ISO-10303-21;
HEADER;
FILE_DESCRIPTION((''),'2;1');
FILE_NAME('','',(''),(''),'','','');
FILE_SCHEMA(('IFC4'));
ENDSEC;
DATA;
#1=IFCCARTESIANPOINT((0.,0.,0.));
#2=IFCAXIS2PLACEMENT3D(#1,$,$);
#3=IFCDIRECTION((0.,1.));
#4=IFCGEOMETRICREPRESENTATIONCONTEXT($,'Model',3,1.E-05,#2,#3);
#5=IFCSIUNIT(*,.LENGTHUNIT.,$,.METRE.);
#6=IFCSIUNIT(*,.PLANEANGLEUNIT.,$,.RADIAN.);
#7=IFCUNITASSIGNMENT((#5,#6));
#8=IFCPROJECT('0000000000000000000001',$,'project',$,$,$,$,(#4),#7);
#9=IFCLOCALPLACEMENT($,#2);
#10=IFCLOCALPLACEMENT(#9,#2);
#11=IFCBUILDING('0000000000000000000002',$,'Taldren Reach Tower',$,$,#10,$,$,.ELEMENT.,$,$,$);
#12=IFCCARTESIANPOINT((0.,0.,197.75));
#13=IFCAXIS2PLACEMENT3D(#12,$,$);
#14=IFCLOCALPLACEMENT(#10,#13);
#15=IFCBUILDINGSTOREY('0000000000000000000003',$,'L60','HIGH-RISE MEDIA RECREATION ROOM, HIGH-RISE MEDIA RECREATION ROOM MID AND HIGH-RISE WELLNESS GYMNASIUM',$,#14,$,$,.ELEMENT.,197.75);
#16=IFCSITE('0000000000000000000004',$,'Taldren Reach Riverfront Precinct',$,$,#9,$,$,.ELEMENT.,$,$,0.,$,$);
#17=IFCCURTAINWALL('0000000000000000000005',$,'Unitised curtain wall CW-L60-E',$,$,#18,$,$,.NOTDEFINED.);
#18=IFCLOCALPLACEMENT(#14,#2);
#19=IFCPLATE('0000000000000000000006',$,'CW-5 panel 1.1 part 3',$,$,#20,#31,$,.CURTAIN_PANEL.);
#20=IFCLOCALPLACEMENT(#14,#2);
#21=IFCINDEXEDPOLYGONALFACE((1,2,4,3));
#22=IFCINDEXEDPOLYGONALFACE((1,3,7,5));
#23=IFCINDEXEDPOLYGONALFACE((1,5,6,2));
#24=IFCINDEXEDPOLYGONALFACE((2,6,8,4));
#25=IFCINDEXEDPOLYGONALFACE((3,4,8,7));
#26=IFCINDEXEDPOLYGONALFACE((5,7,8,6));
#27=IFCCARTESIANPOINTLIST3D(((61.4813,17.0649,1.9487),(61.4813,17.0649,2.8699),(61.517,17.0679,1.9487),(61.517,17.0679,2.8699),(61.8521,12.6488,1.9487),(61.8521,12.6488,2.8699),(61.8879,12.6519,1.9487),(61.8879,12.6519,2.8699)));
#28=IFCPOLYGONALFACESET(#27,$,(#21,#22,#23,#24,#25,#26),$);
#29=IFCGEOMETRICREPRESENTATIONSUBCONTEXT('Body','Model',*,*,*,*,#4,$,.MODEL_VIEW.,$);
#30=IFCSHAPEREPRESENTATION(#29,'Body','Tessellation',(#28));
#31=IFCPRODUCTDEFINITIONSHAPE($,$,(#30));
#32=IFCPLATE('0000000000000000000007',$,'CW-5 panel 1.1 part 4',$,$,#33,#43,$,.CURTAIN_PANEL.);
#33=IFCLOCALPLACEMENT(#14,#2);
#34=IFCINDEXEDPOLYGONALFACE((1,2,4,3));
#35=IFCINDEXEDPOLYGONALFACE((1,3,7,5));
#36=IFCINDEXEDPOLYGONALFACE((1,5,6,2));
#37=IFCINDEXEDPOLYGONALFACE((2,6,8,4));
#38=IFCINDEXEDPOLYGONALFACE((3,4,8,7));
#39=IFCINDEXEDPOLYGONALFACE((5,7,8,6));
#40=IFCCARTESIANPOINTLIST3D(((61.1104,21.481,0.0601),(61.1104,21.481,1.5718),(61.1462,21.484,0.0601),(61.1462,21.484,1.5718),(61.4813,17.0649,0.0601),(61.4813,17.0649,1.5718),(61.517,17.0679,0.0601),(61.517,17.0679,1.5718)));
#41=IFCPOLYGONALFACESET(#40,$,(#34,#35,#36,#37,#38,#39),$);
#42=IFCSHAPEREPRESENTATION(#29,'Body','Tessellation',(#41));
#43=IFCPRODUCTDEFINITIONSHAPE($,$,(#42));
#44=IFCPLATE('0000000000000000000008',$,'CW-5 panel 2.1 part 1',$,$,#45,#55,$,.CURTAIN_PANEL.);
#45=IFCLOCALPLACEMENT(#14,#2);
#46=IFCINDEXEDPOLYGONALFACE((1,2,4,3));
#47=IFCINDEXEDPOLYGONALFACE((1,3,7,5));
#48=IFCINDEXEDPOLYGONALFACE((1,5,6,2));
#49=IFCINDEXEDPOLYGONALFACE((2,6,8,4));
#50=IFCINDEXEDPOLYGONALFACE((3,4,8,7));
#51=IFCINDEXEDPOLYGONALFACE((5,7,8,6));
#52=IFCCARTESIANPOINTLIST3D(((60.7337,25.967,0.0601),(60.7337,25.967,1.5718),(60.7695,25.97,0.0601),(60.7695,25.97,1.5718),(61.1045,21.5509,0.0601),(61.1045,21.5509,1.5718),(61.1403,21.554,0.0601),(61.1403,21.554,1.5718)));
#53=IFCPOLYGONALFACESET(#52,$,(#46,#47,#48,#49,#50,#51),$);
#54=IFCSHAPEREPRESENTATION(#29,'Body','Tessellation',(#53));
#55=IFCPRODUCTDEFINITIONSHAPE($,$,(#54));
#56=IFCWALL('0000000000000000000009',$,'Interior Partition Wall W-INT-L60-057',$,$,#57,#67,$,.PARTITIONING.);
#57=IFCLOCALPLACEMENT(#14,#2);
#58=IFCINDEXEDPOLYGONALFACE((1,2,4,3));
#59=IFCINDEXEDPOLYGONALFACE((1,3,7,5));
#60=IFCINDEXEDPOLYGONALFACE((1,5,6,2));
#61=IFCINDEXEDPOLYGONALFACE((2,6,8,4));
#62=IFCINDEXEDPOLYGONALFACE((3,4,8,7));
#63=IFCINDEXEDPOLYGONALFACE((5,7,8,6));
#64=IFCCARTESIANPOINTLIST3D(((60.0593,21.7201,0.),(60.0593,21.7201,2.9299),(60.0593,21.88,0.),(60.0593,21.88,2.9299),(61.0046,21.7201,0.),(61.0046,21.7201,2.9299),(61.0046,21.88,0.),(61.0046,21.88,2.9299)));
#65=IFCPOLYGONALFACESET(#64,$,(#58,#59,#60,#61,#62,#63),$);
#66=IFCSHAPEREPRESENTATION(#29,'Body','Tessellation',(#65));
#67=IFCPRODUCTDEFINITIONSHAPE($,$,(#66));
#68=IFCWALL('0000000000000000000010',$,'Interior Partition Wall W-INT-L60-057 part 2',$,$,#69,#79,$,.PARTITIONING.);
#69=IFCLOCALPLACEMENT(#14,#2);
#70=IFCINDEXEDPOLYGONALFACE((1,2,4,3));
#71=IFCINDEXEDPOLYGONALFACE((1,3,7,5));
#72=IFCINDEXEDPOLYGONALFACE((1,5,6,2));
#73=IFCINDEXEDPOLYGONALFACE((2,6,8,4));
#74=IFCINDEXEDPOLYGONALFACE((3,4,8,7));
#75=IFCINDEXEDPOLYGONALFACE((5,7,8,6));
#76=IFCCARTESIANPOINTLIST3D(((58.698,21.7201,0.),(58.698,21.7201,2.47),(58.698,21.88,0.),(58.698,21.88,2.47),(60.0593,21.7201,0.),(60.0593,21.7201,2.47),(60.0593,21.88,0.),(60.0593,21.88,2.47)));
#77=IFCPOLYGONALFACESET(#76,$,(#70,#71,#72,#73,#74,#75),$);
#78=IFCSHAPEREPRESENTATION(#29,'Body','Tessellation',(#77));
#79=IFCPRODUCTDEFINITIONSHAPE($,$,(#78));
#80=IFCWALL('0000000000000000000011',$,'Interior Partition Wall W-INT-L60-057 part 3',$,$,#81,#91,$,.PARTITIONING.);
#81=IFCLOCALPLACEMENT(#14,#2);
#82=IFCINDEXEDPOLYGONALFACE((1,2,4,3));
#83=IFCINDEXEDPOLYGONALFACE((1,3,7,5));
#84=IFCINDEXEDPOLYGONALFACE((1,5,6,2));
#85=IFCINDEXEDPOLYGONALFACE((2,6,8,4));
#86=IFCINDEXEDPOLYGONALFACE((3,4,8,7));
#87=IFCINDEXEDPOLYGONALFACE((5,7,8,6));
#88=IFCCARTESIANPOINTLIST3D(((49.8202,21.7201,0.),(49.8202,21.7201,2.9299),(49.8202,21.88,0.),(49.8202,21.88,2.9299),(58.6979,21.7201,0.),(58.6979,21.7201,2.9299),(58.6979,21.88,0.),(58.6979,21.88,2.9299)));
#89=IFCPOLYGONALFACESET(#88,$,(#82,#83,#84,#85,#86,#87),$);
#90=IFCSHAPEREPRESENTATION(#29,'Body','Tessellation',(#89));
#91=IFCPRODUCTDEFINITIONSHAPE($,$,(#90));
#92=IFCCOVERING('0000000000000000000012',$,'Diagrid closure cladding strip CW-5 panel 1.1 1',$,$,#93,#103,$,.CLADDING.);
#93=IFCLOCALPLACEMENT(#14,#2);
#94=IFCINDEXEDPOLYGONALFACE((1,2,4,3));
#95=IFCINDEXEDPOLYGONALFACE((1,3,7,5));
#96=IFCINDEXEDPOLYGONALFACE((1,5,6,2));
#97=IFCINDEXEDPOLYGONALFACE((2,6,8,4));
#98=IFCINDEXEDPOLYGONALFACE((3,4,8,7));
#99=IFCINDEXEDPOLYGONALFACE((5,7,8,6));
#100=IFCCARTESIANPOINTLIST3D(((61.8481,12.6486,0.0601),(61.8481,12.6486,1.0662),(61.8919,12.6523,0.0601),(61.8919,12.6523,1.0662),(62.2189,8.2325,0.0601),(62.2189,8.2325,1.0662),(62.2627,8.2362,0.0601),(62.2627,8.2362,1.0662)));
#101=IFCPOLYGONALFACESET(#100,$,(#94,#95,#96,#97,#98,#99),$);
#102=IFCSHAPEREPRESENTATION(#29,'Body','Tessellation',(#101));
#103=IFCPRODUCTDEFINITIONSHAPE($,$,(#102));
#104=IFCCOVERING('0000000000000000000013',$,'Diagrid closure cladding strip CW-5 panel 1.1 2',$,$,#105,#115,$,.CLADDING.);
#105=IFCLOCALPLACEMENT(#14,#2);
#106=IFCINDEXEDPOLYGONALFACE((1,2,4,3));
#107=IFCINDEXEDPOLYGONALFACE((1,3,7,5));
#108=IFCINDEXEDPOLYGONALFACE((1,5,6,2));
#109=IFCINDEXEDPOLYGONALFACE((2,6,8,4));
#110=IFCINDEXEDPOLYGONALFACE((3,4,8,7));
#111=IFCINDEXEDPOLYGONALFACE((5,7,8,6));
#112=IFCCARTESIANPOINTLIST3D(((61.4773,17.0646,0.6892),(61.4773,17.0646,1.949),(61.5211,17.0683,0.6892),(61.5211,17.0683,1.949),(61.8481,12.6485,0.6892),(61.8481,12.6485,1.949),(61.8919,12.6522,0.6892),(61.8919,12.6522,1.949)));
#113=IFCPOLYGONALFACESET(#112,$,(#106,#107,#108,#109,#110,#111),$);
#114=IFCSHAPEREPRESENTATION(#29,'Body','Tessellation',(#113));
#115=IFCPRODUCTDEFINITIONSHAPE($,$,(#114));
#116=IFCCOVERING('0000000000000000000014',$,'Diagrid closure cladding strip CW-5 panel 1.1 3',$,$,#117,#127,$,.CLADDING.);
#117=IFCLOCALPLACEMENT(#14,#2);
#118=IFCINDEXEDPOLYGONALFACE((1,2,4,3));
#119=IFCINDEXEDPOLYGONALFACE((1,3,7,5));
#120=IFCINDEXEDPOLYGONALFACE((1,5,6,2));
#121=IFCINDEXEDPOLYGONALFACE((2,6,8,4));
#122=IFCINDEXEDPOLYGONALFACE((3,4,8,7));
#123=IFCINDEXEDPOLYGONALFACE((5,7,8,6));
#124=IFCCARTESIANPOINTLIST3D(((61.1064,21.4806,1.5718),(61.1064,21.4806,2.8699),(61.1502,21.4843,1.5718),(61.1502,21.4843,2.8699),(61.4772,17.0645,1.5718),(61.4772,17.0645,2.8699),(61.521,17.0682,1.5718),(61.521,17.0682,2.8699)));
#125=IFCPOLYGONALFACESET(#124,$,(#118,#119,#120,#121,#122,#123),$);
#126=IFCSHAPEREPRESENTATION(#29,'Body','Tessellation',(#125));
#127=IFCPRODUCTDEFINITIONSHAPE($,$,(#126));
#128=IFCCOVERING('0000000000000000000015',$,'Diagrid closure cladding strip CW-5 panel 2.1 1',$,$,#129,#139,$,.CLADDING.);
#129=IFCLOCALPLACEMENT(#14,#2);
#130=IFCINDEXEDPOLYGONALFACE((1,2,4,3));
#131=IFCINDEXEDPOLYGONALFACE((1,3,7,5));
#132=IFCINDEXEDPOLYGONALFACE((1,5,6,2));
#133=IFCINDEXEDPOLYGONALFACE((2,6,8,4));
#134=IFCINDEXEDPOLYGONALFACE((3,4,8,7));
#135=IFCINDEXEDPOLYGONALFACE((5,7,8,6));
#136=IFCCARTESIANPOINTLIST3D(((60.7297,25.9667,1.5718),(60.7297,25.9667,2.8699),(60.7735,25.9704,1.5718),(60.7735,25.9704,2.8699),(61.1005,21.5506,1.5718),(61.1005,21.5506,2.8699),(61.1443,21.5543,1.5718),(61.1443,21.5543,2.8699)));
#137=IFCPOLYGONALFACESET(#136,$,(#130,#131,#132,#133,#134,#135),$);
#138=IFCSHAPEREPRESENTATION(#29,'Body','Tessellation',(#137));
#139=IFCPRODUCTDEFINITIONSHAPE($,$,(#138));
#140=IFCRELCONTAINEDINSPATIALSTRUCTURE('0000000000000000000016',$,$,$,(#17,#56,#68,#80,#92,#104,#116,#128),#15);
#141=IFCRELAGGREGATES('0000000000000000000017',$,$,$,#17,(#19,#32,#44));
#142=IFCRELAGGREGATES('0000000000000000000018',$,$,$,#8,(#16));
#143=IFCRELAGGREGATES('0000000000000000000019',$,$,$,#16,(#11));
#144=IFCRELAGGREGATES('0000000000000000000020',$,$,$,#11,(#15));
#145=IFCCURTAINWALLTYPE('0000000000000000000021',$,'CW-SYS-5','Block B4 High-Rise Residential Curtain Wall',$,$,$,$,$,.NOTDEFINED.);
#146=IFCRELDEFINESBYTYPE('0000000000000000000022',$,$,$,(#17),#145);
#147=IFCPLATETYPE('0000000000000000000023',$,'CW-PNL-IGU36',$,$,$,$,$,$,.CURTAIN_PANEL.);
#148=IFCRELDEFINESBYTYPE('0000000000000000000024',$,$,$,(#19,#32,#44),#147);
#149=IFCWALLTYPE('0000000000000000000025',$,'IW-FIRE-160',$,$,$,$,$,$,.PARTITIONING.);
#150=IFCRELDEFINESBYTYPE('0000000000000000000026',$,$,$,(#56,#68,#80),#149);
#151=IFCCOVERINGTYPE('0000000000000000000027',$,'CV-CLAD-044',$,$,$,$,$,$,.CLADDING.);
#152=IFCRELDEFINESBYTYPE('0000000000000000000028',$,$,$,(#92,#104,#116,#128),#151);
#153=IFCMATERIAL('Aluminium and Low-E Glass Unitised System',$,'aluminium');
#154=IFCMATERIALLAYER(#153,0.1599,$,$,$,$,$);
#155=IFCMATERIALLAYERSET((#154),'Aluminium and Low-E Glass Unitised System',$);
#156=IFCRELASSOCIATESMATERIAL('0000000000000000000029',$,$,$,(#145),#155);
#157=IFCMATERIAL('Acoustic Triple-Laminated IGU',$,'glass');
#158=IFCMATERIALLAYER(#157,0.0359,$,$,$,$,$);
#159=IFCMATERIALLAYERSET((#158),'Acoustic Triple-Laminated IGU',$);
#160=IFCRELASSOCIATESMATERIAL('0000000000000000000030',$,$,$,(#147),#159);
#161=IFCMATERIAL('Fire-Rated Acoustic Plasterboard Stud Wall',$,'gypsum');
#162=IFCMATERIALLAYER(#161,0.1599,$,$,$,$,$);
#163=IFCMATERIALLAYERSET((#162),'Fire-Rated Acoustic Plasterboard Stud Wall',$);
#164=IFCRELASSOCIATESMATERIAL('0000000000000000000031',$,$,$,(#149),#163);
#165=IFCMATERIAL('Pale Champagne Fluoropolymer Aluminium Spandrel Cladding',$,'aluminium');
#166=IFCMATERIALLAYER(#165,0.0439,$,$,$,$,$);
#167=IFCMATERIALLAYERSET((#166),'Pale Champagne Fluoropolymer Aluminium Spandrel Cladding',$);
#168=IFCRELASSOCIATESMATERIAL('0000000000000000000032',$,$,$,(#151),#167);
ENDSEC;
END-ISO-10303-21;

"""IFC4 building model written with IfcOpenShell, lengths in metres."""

from ifc_helpers import new_model, si_unit, direction, frame, frame_2d, origin, origin_2d, place, context, subcontext, project, spatial, rectangle, extrude, source, transform, mapped, material, layer, layer_set, type_object, element, aggregate, save


model = new_model("IFC4")

# Units and contexts
model_context = context("Model", 3, precision=1e-05, world=origin(), true_north=direction((0.0, 1.0)))
body_context = subcontext(model_context, "Body", "Model", "MODEL_VIEW")
ifc_project = project(units=[si_unit("LENGTHUNIT", "METRE"), si_unit("PLANEANGLEUNIT", "RADIAN")], contexts=[model_context])

# Site, building, storey
site_placement = place(None, origin())
site = spatial("IfcSite", under=ifc_project, at=site_placement, Name="Taldren Reach Riverfront Precinct", CompositionType="ELEMENT", RefElevation=0.0)
building_placement = place(site_placement, origin())
building = spatial("IfcBuilding", under=site, at=building_placement, Name="Taldren Reach Tower", CompositionType="ELEMENT")
storey_placement = place(building_placement, frame((0.0, 0.0, 197.75)))
storey = spatial("IfcBuildingStorey", under=building, at=storey_placement, Name="L60", Description="HIGH-RISE MEDIA RECREATION ROOM, HIGH-RISE MEDIA RECREATION ROOM MID AND HIGH-RISE WELLNESS GYMNASIUM", CompositionType="ELEMENT", Elevation=197.75)

# Curtain wall
ifc_material_1 = material(Name="Aluminium and Low-E Glass Unitised System", Category="aluminium")
ifc_layer_1 = layer(ifc_material_1, 0.1599)
ifc_layer_set_1 = layer_set([ifc_layer_1], Name="Aluminium and Low-E Glass Unitised System")
curtain_wall_type = type_object("IfcCurtainWallType", Name="CW-SYS-5", Description="Block B4 High-Rise Residential Curtain Wall", PredefinedType="NOTDEFINED", material=ifc_layer_set_1)
curtain_wall_placement = place(storey_placement, origin())
curtain_wall = element("IfcCurtainWall", 1, at=curtain_wall_placement, inside=storey, type_object=curtain_wall_type, Name="Unitised curtain wall CW-L60-E", PredefinedType="NOTDEFINED")

# Plates
ifc_material_2 = material(Name="Acoustic Triple-Laminated IGU", Category="glass")
ifc_layer_2 = layer(ifc_material_2, 0.0359)
ifc_layer_set_2 = layer_set([ifc_layer_2], Name="Acoustic Triple-Laminated IGU")
plate_type_1 = type_object("IfcPlateType", Name="CW-PNL-IGU36", PredefinedType="CURTAIN_PANEL", material=ifc_layer_set_2)
shared_shape_1 = source(origin(), body_context, "Body", "SweptSolid", [
    extrude(rectangle(XDim=4.4316, YDim=0.0359, at=origin_2d()), origin(), (0.0, 0.0, 1.0), 0.9211),
])
plate_1_placement = place(storey_placement, frame((61.6846, 14.8584, 1.9487), z_axis=(0.0, 0.0, 1.0), x_axis=(-0.083678, 0.996493, 0.0)))
plate_1 = element("IfcPlate", 2, at=plate_1_placement, type_object=plate_type_1, Name="CW-5 panel 1.1 part 3", PredefinedType="CURTAIN_PANEL", context=body_context, shape_type="MappedRepresentation", body=[
    mapped(shared_shape_1, transform((0.0, 0.0, 0.0), scale=1.0)),
])
shared_shape_2 = source(origin(), body_context, "Body", "SweptSolid", [
    extrude(rectangle(XDim=4.4316, YDim=0.0359, at=origin_2d()), origin(), (0.0, 0.0, 1.0), 1.5117),
])
plate_2_placement = place(storey_placement, frame((61.3137, 19.2744, 0.0601), z_axis=(0.0, 0.0, 1.0), x_axis=(-0.083678, 0.996493, 0.0)))
plate_2 = element("IfcPlate", 3, at=plate_2_placement, type_object=plate_type_1, Name="CW-5 panel 1.1 part 4", PredefinedType="CURTAIN_PANEL", context=body_context, shape_type="MappedRepresentation", body=[
    mapped(shared_shape_2, transform((0.0, 0.0, 0.0), scale=1.0)),
])
plate_3_placement = place(storey_placement, frame((60.937, 23.7605, 0.0601), z_axis=(0.0, 0.0, 1.0), x_axis=(-0.083678, 0.996493, 0.0)))
plate_3 = element("IfcPlate", 4, at=plate_3_placement, type_object=plate_type_1, Name="CW-5 panel 2.1 part 1", PredefinedType="CURTAIN_PANEL", context=body_context, shape_type="MappedRepresentation", body=[
    mapped(shared_shape_2, transform((0.0, 0.0, 0.0), scale=1.0)),
])
aggregate(curtain_wall, [plate_1, plate_2, plate_3])

# Walls
ifc_material_3 = material(Name="Fire-Rated Acoustic Plasterboard Stud Wall", Category="gypsum")
ifc_layer_3 = layer(ifc_material_3, 0.1599)
ifc_layer_set_3 = layer_set([ifc_layer_3], Name="Fire-Rated Acoustic Plasterboard Stud Wall")
wall_type = type_object("IfcWallType", Name="IW-FIRE-160", PredefinedType="PARTITIONING", material=ifc_layer_set_3)
shared_shape_3 = source(origin(), body_context, "Body", "SweptSolid", [
    extrude(rectangle(XDim=0.9453, YDim=0.1599, at=frame_2d((0.4727, 0.0))), origin(), (0.0, 0.0, 1.0), 2.9299),
])
wall_1_placement = place(storey_placement, frame((61.0046, 21.8, 0.0), z_axis=(0.0, 0.0, 1.0), x_axis=(-1.0, 0.0, 0.0)))
element("IfcWall", 5, at=wall_1_placement, inside=storey, type_object=wall_type, Name="Interior Partition Wall W-INT-L60-057", PredefinedType="PARTITIONING", context=body_context, shape_type="MappedRepresentation", body=[
    mapped(shared_shape_3, transform((0.0, 0.0, 0.0), scale=1.0)),
])
shared_shape_4 = source(origin(), body_context, "Body", "SweptSolid", [
    extrude(rectangle(XDim=1.3613, YDim=0.1599, at=frame_2d((0.6807, 0.0))), origin(), (0.0, 0.0, 1.0), 2.47),
])
wall_2_placement = place(storey_placement, frame((60.0593, 21.8, 0.0), z_axis=(0.0, 0.0, 1.0), x_axis=(-1.0, 0.0, 0.0)))
element("IfcWall", 6, at=wall_2_placement, inside=storey, type_object=wall_type, Name="Interior Partition Wall W-INT-L60-057 part 2", PredefinedType="PARTITIONING", context=body_context, shape_type="MappedRepresentation", body=[
    mapped(shared_shape_4, transform((0.0, 0.0, 0.0), scale=1.0)),
])
shared_shape_5 = source(origin(), body_context, "Body", "SweptSolid", [
    extrude(rectangle(XDim=8.8777, YDim=0.1599, at=frame_2d((4.439, 0.0))), origin(), (0.0, 0.0, 1.0), 2.9299),
])
wall_3_placement = place(storey_placement, frame((58.698, 21.8, 0.0), z_axis=(0.0, 0.0, 1.0), x_axis=(-1.0, 0.0, 0.0)))
element("IfcWall", 7, at=wall_3_placement, inside=storey, type_object=wall_type, Name="Interior Partition Wall W-INT-L60-057 part 3", PredefinedType="PARTITIONING", context=body_context, shape_type="MappedRepresentation", body=[
    mapped(shared_shape_5, transform((0.0, 0.0, 0.0), scale=1.0)),
])

# Coverings
ifc_material_4 = material(Name="Pale Champagne Fluoropolymer Aluminium Spandrel Cladding", Category="aluminium")
ifc_layer_4 = layer(ifc_material_4, 0.0439)
ifc_layer_set_4 = layer_set([ifc_layer_4], Name="Pale Champagne Fluoropolymer Aluminium Spandrel Cladding")
covering_type = type_object("IfcCoveringType", Name="CV-CLAD-044", PredefinedType="CLADDING", material=ifc_layer_set_4)
shared_shape_6 = source(origin(), body_context, "Body", "SweptSolid", [
    extrude(rectangle(XDim=4.4316, YDim=0.0439, at=origin_2d()), origin(), (0.0, 0.0, 1.0), 1.0061),
])
covering_1_placement = place(storey_placement, frame((62.0554, 10.4424, 0.0601), z_axis=(0.0, 0.0, 1.0), x_axis=(-0.083678, 0.996493, 0.0)))
element("IfcCovering", 8, at=covering_1_placement, inside=storey, type_object=covering_type, Name="Diagrid closure cladding strip CW-5 panel 1.1 1", PredefinedType="CLADDING", context=body_context, shape_type="MappedRepresentation", body=[
    mapped(shared_shape_6, transform((0.0, 0.0, 0.0), scale=1.0)),
])
shared_shape_7 = source(origin(), body_context, "Body", "SweptSolid", [
    extrude(rectangle(XDim=4.4316, YDim=0.0439, at=origin_2d()), origin(), (0.0, 0.0, 1.0), 1.2598),
])
covering_2_placement = place(storey_placement, frame((61.6846, 14.8584, 0.6892), z_axis=(0.0, 0.0, 1.0), x_axis=(-0.083678, 0.996493, 0.0)))
element("IfcCovering", 9, at=covering_2_placement, inside=storey, type_object=covering_type, Name="Diagrid closure cladding strip CW-5 panel 1.1 2", PredefinedType="CLADDING", context=body_context, shape_type="MappedRepresentation", body=[
    mapped(shared_shape_7, transform((0.0, 0.0, 0.0), scale=1.0)),
])
shared_shape_8 = source(origin(), body_context, "Body", "SweptSolid", [
    extrude(rectangle(XDim=4.4316, YDim=0.0439, at=origin_2d()), origin(), (0.0, 0.0, 1.0), 1.2981),
])
for number, where, z_axis, x_axis, name in (
    (10, (61.3137, 19.2744, 1.5718), (0.0, 0.0, 1.0), (-0.083678, 0.996493, 0.0), "Diagrid closure cladding strip CW-5 panel 1.1 3"),
    (11, (60.937, 23.7605, 1.5718), (0.0, 0.0, 1.0), (-0.083678, 0.996493, 0.0), "Diagrid closure cladding strip CW-5 panel 2.1 1"),
):
    element("IfcCovering", number, at=place(storey_placement, frame(where, z_axis=z_axis, x_axis=x_axis)), inside=storey, type_object=covering_type, Name=name, PredefinedType="CLADDING", context=body_context, shape_type="MappedRepresentation", body=[
        mapped(shared_shape_8, transform((0.0, 0.0, 0.0), scale=1.0)),
    ])

save(model, "model.ifc")
